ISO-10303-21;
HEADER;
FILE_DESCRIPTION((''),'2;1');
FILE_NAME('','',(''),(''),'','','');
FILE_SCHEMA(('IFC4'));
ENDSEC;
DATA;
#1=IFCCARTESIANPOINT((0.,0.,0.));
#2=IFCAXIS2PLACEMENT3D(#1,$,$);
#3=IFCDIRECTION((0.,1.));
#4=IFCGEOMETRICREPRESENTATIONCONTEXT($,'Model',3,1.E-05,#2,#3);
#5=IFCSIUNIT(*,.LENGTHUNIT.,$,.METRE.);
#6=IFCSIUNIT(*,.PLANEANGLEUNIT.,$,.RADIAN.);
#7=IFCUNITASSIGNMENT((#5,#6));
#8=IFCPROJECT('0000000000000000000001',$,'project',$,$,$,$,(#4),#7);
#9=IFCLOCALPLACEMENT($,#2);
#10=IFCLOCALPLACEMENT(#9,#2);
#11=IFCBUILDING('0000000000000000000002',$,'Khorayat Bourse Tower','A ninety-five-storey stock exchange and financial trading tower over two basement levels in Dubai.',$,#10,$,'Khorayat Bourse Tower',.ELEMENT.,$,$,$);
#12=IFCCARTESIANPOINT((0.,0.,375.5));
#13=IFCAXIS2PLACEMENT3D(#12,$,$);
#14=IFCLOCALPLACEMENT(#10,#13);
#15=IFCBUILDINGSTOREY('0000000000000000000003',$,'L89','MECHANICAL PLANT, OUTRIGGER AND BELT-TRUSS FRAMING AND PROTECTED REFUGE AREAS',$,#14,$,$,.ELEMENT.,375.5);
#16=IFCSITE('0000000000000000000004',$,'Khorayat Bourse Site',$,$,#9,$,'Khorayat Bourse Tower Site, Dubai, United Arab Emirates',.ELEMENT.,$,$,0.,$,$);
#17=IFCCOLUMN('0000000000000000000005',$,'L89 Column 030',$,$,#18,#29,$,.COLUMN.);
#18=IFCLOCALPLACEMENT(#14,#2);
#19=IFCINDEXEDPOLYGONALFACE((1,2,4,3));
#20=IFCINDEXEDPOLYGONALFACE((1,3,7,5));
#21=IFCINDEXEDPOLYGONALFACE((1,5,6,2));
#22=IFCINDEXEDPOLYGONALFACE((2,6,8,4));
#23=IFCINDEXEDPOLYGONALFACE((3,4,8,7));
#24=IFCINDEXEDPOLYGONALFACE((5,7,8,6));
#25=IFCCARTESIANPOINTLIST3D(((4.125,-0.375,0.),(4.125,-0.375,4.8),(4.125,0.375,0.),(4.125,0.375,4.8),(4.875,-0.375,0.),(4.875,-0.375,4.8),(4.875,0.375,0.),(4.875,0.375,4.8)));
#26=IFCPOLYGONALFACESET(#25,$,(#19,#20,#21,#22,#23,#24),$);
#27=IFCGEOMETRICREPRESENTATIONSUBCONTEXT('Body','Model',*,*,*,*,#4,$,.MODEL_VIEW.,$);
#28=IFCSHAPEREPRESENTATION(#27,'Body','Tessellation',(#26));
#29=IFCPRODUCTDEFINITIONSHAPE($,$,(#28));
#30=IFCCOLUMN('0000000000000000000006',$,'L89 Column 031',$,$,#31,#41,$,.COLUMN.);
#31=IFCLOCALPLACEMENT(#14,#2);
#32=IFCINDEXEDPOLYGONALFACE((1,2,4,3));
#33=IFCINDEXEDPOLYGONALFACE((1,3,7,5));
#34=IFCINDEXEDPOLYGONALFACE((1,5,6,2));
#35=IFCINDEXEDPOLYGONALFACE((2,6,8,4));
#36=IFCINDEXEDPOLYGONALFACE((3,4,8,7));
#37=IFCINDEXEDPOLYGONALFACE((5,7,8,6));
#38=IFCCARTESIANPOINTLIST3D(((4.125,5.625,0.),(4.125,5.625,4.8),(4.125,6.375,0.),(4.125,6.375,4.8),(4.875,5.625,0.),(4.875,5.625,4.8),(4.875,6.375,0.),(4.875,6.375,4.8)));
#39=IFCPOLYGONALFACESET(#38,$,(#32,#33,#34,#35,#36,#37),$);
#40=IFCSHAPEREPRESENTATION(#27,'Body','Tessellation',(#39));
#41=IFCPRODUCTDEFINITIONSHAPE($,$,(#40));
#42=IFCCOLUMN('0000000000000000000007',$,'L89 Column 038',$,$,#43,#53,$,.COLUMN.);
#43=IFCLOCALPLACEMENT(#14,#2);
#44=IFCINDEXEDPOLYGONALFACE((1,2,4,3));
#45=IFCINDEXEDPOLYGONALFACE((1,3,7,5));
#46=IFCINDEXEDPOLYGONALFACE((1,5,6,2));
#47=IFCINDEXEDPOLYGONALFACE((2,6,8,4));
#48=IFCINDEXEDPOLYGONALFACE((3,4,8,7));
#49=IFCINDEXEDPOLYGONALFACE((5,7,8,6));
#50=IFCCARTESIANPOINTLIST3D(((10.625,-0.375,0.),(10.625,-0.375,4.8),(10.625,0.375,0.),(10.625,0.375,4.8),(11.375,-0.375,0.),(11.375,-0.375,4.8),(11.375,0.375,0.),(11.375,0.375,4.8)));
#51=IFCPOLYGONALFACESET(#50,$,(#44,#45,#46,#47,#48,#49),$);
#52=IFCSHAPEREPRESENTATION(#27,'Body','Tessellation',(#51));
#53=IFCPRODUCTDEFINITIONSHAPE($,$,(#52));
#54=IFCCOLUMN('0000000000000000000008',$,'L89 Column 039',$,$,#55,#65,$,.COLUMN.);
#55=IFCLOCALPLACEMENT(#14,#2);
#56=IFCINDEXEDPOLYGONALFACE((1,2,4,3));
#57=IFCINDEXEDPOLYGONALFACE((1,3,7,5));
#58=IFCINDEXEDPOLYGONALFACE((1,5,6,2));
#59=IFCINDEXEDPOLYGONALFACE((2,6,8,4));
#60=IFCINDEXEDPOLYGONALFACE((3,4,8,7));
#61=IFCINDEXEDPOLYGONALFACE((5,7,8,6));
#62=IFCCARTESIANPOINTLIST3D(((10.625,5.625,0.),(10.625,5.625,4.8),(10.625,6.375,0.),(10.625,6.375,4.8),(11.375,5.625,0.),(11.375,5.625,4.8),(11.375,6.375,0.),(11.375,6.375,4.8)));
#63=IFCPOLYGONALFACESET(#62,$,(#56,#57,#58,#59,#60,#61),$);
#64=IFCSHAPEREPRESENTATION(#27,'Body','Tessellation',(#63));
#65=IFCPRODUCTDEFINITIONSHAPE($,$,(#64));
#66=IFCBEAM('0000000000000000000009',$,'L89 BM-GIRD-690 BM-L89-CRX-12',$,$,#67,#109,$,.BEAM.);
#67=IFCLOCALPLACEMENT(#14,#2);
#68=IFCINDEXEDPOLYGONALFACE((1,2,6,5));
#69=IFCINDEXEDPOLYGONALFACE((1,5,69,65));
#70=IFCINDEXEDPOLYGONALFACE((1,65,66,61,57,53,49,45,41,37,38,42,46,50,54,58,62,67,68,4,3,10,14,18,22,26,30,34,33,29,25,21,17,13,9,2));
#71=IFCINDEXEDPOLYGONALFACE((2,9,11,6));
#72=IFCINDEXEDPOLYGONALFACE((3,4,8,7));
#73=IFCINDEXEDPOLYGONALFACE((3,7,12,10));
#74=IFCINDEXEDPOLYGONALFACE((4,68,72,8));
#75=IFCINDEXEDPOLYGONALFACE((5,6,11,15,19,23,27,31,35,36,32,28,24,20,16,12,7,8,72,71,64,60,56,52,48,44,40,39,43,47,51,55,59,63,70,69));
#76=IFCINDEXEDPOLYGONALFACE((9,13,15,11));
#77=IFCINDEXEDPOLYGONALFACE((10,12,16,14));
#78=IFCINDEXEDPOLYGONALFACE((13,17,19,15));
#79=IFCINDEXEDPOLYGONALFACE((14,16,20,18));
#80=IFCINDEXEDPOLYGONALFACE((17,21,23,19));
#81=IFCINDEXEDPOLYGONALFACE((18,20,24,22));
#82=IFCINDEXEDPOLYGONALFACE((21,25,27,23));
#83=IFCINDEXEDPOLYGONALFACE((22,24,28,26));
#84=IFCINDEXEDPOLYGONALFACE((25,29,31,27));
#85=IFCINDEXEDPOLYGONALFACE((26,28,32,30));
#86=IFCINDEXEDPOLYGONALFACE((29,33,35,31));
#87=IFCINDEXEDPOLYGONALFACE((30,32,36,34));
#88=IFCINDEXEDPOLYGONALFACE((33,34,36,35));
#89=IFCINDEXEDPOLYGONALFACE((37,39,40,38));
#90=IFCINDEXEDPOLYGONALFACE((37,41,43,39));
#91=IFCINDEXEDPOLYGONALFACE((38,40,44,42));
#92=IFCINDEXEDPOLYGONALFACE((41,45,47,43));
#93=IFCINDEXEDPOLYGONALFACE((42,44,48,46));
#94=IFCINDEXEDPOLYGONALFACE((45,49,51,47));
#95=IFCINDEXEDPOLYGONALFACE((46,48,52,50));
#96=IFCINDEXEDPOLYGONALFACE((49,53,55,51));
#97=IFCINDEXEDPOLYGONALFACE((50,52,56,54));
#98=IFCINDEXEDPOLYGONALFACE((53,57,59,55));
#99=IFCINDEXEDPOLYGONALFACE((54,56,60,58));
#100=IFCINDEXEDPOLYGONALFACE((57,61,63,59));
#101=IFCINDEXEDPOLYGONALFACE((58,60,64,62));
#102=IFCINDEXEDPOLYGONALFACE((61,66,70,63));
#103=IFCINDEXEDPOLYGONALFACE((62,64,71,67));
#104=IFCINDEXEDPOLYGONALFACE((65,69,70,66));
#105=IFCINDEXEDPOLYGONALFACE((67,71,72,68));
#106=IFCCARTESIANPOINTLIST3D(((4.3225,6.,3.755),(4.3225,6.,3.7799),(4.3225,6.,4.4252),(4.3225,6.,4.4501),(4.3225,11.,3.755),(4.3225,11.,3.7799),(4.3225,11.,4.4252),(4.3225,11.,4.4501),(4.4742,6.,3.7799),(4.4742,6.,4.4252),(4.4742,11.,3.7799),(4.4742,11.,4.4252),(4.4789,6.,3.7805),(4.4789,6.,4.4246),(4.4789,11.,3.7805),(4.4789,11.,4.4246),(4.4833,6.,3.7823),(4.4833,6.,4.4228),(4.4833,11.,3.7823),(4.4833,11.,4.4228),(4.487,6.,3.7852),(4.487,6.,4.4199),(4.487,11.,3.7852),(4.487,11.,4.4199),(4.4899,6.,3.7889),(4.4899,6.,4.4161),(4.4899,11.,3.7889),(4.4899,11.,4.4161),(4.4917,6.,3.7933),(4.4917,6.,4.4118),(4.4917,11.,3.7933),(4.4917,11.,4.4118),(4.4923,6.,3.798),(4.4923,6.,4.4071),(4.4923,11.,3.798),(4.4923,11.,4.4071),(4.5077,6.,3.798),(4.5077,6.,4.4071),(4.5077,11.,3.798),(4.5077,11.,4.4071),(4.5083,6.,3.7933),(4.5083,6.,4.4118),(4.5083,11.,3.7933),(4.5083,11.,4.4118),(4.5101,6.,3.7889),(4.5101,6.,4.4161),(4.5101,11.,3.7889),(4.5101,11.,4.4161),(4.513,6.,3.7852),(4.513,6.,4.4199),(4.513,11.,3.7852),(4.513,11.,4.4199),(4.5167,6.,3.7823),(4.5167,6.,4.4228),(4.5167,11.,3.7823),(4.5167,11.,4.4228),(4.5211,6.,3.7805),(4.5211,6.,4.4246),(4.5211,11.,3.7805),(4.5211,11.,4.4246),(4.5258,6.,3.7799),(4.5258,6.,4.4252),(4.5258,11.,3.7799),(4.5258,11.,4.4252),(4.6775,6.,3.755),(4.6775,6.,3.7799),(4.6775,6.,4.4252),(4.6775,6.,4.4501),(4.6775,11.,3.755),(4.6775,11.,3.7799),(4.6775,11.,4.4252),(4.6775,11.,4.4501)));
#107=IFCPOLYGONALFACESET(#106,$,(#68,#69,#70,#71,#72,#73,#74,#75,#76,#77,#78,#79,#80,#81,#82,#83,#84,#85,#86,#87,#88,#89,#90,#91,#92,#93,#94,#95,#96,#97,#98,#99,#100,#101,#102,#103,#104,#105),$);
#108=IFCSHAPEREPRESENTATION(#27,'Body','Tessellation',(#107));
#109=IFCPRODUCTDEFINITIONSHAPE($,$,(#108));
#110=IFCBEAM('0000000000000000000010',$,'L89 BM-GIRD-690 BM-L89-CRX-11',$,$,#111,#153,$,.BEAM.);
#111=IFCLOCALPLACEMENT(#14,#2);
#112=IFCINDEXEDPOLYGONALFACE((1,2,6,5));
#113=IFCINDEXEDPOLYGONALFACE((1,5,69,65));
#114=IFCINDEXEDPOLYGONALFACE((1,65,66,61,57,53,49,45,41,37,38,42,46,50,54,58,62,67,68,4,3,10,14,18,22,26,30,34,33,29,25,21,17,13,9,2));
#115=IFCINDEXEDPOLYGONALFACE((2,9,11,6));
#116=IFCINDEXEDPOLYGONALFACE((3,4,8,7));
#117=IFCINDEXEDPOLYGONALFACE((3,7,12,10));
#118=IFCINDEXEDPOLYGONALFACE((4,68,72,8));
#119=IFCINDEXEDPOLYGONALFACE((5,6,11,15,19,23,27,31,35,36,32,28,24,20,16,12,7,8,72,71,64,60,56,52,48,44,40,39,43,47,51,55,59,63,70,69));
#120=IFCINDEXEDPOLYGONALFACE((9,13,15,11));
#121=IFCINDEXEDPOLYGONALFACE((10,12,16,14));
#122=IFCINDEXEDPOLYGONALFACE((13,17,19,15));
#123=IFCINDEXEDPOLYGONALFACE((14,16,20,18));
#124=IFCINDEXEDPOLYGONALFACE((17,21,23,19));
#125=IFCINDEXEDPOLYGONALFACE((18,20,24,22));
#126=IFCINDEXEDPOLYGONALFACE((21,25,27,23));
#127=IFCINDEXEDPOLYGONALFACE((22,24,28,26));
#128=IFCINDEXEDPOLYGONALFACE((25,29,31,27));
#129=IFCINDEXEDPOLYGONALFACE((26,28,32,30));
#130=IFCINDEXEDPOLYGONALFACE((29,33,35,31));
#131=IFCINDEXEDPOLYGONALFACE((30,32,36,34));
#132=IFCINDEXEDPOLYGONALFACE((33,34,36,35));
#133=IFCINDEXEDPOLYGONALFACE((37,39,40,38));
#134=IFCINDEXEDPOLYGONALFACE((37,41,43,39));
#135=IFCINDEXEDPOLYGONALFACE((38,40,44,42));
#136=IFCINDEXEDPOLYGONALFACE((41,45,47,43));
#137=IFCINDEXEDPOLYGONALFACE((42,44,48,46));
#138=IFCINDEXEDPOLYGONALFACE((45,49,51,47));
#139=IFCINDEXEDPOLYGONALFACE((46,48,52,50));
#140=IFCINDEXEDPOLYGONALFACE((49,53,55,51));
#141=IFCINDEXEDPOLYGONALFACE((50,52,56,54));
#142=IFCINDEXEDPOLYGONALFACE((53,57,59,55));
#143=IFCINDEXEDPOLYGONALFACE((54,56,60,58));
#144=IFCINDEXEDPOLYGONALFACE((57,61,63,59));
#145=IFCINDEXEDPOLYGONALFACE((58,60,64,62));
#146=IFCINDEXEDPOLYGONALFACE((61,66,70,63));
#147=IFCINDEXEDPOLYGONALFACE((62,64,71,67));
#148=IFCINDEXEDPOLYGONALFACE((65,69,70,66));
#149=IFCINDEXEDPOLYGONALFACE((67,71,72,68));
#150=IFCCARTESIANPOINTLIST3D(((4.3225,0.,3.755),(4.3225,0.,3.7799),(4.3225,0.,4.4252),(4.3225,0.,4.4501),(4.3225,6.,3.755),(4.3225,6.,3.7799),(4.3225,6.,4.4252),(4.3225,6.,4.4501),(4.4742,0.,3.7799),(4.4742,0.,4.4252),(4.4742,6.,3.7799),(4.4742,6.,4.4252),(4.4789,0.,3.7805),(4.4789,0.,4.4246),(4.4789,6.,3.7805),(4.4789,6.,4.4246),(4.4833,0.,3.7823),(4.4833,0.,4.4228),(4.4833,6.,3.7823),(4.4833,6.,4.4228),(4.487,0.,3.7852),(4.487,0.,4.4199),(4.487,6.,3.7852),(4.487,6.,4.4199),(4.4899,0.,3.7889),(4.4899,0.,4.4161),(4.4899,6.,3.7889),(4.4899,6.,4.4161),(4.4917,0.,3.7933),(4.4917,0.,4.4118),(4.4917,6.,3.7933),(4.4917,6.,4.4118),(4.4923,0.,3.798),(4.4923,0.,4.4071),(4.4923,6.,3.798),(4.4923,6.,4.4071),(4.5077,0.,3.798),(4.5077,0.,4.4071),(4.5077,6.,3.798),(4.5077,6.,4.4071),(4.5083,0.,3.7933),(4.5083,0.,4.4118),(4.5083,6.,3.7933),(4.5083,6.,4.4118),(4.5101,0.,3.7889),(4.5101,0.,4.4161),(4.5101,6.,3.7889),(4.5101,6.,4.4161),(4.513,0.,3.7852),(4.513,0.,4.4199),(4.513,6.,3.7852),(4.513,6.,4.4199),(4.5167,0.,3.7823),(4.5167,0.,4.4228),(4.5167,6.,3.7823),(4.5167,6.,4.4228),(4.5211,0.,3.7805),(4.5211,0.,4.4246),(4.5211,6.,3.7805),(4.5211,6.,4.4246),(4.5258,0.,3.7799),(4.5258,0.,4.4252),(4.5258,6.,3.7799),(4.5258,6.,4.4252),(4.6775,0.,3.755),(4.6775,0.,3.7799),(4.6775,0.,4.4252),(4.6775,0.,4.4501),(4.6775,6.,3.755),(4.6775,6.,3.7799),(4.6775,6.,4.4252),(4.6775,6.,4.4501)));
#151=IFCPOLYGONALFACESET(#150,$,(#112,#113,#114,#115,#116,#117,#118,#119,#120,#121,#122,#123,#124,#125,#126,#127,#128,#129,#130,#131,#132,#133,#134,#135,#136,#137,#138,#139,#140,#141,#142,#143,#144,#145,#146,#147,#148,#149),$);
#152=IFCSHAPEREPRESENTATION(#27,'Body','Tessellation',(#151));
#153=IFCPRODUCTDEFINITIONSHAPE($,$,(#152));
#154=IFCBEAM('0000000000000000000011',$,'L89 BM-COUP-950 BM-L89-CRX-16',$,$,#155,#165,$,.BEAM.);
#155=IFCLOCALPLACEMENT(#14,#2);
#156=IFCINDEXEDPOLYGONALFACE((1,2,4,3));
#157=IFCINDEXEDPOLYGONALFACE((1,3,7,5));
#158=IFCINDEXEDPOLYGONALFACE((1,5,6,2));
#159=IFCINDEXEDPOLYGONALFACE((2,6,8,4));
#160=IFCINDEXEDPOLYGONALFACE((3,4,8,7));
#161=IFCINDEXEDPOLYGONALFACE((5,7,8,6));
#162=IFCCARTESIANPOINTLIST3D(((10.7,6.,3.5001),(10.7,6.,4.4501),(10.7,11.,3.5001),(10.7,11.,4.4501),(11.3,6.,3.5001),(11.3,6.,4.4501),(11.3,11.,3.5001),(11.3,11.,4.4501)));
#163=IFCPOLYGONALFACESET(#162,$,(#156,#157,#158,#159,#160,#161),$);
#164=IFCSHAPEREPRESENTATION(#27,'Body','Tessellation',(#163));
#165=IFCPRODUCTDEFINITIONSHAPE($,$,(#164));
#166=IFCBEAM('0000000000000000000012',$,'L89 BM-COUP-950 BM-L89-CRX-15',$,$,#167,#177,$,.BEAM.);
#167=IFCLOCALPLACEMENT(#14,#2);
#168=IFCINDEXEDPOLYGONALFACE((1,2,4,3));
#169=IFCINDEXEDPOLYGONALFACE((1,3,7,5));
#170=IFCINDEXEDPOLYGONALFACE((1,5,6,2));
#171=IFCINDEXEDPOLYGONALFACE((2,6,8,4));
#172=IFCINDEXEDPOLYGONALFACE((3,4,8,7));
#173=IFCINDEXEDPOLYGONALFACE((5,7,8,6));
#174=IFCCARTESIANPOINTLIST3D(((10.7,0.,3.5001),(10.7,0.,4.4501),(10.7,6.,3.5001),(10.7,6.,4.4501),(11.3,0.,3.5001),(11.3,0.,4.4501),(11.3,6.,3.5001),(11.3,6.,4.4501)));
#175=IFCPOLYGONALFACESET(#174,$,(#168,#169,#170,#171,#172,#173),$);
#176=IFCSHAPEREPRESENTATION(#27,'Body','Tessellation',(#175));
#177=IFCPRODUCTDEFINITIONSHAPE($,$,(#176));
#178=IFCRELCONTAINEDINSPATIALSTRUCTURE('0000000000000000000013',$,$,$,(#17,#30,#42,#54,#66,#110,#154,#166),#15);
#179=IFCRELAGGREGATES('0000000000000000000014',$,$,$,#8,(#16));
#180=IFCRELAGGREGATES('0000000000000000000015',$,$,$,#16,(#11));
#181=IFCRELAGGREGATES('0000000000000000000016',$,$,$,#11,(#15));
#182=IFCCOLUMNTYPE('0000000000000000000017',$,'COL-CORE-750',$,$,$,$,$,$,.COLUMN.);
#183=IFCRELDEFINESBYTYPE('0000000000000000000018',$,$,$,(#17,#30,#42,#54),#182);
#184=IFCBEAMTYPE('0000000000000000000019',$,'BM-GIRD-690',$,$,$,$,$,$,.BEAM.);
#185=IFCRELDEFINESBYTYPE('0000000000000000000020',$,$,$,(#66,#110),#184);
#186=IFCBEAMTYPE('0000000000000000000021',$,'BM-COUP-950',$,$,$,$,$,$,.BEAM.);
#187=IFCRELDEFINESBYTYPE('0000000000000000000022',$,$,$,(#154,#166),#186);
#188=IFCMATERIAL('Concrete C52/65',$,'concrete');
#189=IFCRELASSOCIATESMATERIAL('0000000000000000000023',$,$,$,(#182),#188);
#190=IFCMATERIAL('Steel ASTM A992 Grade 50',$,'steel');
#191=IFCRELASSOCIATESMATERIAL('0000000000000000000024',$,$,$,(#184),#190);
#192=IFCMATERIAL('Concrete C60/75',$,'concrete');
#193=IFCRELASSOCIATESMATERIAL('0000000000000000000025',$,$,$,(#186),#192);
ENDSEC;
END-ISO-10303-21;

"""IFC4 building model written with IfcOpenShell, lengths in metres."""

from ifc_helpers import new_model, si_unit, direction, frame, origin, origin_2d, place, context, subcontext, project, spatial, rectangle, i_section, extrude, source, transform, mapped, material, material_profile, profile_set, type_object, element, save


model = new_model("IFC4")

# Units and contexts
model_context = context("Model", 3, precision=1e-05, world=origin(), true_north=direction((0.0, 1.0)))
body_context = subcontext(model_context, "Body", "Model", "MODEL_VIEW")
ifc_project = project(units=[si_unit("LENGTHUNIT", "METRE"), si_unit("PLANEANGLEUNIT", "RADIAN")], contexts=[model_context])

# Site, building, storey
site_placement = place(None, origin())
site = spatial("IfcSite", under=ifc_project, at=site_placement, Name="Khorayat Bourse Site", LongName="Khorayat Bourse Tower Site, Dubai, United Arab Emirates", CompositionType="ELEMENT", RefElevation=0.0)
building_placement = place(site_placement, origin())
building = spatial("IfcBuilding", under=site, at=building_placement, Name="Khorayat Bourse Tower", Description="A ninety-five-storey stock exchange and financial trading tower over two basement levels in Dubai.", LongName="Khorayat Bourse Tower", CompositionType="ELEMENT")
storey_placement = place(building_placement, frame((0.0, 0.0, 375.5)))
storey = spatial("IfcBuildingStorey", under=building, at=storey_placement, Name="L89", Description="MECHANICAL PLANT, OUTRIGGER AND BELT-TRUSS FRAMING AND PROTECTED REFUGE AREAS", CompositionType="ELEMENT", Elevation=375.5)

# Columns
ifc_material_1 = material(Name="Concrete C52/65", Category="concrete")
ifc_material_profile_1 = material_profile(ifc_material_1, rectangle(XDim=0.75, YDim=0.75, at=origin_2d()), Name="RC 750x750")
ifc_profile_set_1 = profile_set([ifc_material_profile_1], Name="Concrete C52/65")
column_type = type_object("IfcColumnType", Name="COL-CORE-750", PredefinedType="COLUMN", material=ifc_profile_set_1)
shared_shape_1 = source(origin(), body_context, "Body", "SweptSolid", [
    extrude(rectangle(XDim=0.75, YDim=0.75, at=origin_2d()), origin(), (0.0, 0.0, 1.0), 4.8),
])
for number, where, z_axis, x_axis, name in (
    (1, (4.5, 0.0, 0.0), (0.0, 0.0, 1.0), (1.0, 0.0, 0.0), "L89 Column 030"),
    (2, (4.5, 6.0, 0.0), (0.0, 0.0, 1.0), (1.0, 0.0, 0.0), "L89 Column 031"),
    (3, (11.0, 0.0, 0.0), (0.0, 0.0, 1.0), (1.0, 0.0, 0.0), "L89 Column 038"),
    (4, (11.0, 6.0, 0.0), (0.0, 0.0, 1.0), (1.0, 0.0, 0.0), "L89 Column 039"),
):
    element("IfcColumn", number, at=place(storey_placement, frame(where, z_axis=z_axis, x_axis=x_axis)), inside=storey, type_object=column_type, Name=name, PredefinedType="COLUMN", context=body_context, shape_type="MappedRepresentation", body=[
        mapped(shared_shape_1, transform((0.0, 0.0, 0.0), scale=1.0)),
    ])

# Beams
ifc_material_2 = material(Name="Steel ASTM A992 Grade 50", Category="steel")
ifc_material_profile_2 = material_profile(ifc_material_2, i_section(OverallWidth=0.355, OverallDepth=0.6951, WebThickness=0.0154, FlangeThickness=0.0249, FilletRadius=0.0181, at=origin_2d()), Name="W690X217")
ifc_profile_set_2 = profile_set([ifc_material_profile_2], Name="Steel ASTM A992 Grade 50")
beam_type_1 = type_object("IfcBeamType", Name="BM-GIRD-690", PredefinedType="BEAM", material=ifc_profile_set_2)
shared_shape_2 = source(origin(), body_context, "Body", "SweptSolid", [
    extrude(i_section(OverallWidth=0.355, OverallDepth=0.6951, WebThickness=0.0154, FlangeThickness=0.0249, FilletRadius=0.0181, at=origin_2d()), origin(), (0.0, 0.0, 1.0), 5.0),
])
beam_1_placement = place(storey_placement, frame((4.5, 6.0, 4.1025), z_axis=(0.0, 1.0, 0.0), x_axis=(-1.0, 0.0, 0.0)))
element("IfcBeam", 5, at=beam_1_placement, inside=storey, type_object=beam_type_1, Name="L89 BM-GIRD-690 BM-L89-CRX-12", PredefinedType="BEAM", context=body_context, shape_type="MappedRepresentation", body=[
    mapped(shared_shape_2, transform((0.0, 0.0, 0.0), scale=1.0)),
])
shared_shape_3 = source(origin(), body_context, "Body", "SweptSolid", [
    extrude(i_section(OverallWidth=0.355, OverallDepth=0.6951, WebThickness=0.0154, FlangeThickness=0.0249, FilletRadius=0.0181, at=origin_2d()), origin(), (0.0, 0.0, 1.0), 6.0),
])
beam_2_placement = place(storey_placement, frame((4.5, 0.0, 4.1025), z_axis=(0.0, 1.0, 0.0), x_axis=(-1.0, 0.0, 0.0)))
element("IfcBeam", 6, at=beam_2_placement, inside=storey, type_object=beam_type_1, Name="L89 BM-GIRD-690 BM-L89-CRX-11", PredefinedType="BEAM", context=body_context, shape_type="MappedRepresentation", body=[
    mapped(shared_shape_3, transform((0.0, 0.0, 0.0), scale=1.0)),
])
ifc_material_3 = material(Name="Concrete C60/75", Category="concrete")
ifc_material_profile_3 = material_profile(ifc_material_3, rectangle(XDim=0.6001, YDim=0.95, at=origin_2d()), Name="RC 600x950")
ifc_profile_set_3 = profile_set([ifc_material_profile_3], Name="Concrete C60/75")
beam_type_2 = type_object("IfcBeamType", Name="BM-COUP-950", PredefinedType="BEAM", material=ifc_profile_set_3)
shared_shape_4 = source(origin(), body_context, "Body", "SweptSolid", [
    extrude(rectangle(XDim=0.6001, YDim=0.95, at=origin_2d()), origin(), (0.0, 0.0, 1.0), 5.0),
])
beam_3_placement = place(storey_placement, frame((11.0, 6.0, 3.9751), z_axis=(0.0, 1.0, 0.0), x_axis=(-1.0, 0.0, 0.0)))
element("IfcBeam", 7, at=beam_3_placement, inside=storey, type_object=beam_type_2, Name="L89 BM-COUP-950 BM-L89-CRX-16", PredefinedType="BEAM", context=body_context, shape_type="MappedRepresentation", body=[
    mapped(shared_shape_4, transform((0.0, 0.0, 0.0), scale=1.0)),
])
shared_shape_5 = source(origin(), body_context, "Body", "SweptSolid", [
    extrude(rectangle(XDim=0.6001, YDim=0.95, at=origin_2d()), origin(), (0.0, 0.0, 1.0), 6.0),
])
beam_4_placement = place(storey_placement, frame((11.0, 0.0, 3.9751), z_axis=(0.0, 1.0, 0.0), x_axis=(-1.0, 0.0, 0.0)))
element("IfcBeam", 8, at=beam_4_placement, inside=storey, type_object=beam_type_2, Name="L89 BM-COUP-950 BM-L89-CRX-15", PredefinedType="BEAM", context=body_context, shape_type="MappedRepresentation", body=[
    mapped(shared_shape_5, transform((0.0, 0.0, 0.0), scale=1.0)),
])

save(model, "model.ifc")
